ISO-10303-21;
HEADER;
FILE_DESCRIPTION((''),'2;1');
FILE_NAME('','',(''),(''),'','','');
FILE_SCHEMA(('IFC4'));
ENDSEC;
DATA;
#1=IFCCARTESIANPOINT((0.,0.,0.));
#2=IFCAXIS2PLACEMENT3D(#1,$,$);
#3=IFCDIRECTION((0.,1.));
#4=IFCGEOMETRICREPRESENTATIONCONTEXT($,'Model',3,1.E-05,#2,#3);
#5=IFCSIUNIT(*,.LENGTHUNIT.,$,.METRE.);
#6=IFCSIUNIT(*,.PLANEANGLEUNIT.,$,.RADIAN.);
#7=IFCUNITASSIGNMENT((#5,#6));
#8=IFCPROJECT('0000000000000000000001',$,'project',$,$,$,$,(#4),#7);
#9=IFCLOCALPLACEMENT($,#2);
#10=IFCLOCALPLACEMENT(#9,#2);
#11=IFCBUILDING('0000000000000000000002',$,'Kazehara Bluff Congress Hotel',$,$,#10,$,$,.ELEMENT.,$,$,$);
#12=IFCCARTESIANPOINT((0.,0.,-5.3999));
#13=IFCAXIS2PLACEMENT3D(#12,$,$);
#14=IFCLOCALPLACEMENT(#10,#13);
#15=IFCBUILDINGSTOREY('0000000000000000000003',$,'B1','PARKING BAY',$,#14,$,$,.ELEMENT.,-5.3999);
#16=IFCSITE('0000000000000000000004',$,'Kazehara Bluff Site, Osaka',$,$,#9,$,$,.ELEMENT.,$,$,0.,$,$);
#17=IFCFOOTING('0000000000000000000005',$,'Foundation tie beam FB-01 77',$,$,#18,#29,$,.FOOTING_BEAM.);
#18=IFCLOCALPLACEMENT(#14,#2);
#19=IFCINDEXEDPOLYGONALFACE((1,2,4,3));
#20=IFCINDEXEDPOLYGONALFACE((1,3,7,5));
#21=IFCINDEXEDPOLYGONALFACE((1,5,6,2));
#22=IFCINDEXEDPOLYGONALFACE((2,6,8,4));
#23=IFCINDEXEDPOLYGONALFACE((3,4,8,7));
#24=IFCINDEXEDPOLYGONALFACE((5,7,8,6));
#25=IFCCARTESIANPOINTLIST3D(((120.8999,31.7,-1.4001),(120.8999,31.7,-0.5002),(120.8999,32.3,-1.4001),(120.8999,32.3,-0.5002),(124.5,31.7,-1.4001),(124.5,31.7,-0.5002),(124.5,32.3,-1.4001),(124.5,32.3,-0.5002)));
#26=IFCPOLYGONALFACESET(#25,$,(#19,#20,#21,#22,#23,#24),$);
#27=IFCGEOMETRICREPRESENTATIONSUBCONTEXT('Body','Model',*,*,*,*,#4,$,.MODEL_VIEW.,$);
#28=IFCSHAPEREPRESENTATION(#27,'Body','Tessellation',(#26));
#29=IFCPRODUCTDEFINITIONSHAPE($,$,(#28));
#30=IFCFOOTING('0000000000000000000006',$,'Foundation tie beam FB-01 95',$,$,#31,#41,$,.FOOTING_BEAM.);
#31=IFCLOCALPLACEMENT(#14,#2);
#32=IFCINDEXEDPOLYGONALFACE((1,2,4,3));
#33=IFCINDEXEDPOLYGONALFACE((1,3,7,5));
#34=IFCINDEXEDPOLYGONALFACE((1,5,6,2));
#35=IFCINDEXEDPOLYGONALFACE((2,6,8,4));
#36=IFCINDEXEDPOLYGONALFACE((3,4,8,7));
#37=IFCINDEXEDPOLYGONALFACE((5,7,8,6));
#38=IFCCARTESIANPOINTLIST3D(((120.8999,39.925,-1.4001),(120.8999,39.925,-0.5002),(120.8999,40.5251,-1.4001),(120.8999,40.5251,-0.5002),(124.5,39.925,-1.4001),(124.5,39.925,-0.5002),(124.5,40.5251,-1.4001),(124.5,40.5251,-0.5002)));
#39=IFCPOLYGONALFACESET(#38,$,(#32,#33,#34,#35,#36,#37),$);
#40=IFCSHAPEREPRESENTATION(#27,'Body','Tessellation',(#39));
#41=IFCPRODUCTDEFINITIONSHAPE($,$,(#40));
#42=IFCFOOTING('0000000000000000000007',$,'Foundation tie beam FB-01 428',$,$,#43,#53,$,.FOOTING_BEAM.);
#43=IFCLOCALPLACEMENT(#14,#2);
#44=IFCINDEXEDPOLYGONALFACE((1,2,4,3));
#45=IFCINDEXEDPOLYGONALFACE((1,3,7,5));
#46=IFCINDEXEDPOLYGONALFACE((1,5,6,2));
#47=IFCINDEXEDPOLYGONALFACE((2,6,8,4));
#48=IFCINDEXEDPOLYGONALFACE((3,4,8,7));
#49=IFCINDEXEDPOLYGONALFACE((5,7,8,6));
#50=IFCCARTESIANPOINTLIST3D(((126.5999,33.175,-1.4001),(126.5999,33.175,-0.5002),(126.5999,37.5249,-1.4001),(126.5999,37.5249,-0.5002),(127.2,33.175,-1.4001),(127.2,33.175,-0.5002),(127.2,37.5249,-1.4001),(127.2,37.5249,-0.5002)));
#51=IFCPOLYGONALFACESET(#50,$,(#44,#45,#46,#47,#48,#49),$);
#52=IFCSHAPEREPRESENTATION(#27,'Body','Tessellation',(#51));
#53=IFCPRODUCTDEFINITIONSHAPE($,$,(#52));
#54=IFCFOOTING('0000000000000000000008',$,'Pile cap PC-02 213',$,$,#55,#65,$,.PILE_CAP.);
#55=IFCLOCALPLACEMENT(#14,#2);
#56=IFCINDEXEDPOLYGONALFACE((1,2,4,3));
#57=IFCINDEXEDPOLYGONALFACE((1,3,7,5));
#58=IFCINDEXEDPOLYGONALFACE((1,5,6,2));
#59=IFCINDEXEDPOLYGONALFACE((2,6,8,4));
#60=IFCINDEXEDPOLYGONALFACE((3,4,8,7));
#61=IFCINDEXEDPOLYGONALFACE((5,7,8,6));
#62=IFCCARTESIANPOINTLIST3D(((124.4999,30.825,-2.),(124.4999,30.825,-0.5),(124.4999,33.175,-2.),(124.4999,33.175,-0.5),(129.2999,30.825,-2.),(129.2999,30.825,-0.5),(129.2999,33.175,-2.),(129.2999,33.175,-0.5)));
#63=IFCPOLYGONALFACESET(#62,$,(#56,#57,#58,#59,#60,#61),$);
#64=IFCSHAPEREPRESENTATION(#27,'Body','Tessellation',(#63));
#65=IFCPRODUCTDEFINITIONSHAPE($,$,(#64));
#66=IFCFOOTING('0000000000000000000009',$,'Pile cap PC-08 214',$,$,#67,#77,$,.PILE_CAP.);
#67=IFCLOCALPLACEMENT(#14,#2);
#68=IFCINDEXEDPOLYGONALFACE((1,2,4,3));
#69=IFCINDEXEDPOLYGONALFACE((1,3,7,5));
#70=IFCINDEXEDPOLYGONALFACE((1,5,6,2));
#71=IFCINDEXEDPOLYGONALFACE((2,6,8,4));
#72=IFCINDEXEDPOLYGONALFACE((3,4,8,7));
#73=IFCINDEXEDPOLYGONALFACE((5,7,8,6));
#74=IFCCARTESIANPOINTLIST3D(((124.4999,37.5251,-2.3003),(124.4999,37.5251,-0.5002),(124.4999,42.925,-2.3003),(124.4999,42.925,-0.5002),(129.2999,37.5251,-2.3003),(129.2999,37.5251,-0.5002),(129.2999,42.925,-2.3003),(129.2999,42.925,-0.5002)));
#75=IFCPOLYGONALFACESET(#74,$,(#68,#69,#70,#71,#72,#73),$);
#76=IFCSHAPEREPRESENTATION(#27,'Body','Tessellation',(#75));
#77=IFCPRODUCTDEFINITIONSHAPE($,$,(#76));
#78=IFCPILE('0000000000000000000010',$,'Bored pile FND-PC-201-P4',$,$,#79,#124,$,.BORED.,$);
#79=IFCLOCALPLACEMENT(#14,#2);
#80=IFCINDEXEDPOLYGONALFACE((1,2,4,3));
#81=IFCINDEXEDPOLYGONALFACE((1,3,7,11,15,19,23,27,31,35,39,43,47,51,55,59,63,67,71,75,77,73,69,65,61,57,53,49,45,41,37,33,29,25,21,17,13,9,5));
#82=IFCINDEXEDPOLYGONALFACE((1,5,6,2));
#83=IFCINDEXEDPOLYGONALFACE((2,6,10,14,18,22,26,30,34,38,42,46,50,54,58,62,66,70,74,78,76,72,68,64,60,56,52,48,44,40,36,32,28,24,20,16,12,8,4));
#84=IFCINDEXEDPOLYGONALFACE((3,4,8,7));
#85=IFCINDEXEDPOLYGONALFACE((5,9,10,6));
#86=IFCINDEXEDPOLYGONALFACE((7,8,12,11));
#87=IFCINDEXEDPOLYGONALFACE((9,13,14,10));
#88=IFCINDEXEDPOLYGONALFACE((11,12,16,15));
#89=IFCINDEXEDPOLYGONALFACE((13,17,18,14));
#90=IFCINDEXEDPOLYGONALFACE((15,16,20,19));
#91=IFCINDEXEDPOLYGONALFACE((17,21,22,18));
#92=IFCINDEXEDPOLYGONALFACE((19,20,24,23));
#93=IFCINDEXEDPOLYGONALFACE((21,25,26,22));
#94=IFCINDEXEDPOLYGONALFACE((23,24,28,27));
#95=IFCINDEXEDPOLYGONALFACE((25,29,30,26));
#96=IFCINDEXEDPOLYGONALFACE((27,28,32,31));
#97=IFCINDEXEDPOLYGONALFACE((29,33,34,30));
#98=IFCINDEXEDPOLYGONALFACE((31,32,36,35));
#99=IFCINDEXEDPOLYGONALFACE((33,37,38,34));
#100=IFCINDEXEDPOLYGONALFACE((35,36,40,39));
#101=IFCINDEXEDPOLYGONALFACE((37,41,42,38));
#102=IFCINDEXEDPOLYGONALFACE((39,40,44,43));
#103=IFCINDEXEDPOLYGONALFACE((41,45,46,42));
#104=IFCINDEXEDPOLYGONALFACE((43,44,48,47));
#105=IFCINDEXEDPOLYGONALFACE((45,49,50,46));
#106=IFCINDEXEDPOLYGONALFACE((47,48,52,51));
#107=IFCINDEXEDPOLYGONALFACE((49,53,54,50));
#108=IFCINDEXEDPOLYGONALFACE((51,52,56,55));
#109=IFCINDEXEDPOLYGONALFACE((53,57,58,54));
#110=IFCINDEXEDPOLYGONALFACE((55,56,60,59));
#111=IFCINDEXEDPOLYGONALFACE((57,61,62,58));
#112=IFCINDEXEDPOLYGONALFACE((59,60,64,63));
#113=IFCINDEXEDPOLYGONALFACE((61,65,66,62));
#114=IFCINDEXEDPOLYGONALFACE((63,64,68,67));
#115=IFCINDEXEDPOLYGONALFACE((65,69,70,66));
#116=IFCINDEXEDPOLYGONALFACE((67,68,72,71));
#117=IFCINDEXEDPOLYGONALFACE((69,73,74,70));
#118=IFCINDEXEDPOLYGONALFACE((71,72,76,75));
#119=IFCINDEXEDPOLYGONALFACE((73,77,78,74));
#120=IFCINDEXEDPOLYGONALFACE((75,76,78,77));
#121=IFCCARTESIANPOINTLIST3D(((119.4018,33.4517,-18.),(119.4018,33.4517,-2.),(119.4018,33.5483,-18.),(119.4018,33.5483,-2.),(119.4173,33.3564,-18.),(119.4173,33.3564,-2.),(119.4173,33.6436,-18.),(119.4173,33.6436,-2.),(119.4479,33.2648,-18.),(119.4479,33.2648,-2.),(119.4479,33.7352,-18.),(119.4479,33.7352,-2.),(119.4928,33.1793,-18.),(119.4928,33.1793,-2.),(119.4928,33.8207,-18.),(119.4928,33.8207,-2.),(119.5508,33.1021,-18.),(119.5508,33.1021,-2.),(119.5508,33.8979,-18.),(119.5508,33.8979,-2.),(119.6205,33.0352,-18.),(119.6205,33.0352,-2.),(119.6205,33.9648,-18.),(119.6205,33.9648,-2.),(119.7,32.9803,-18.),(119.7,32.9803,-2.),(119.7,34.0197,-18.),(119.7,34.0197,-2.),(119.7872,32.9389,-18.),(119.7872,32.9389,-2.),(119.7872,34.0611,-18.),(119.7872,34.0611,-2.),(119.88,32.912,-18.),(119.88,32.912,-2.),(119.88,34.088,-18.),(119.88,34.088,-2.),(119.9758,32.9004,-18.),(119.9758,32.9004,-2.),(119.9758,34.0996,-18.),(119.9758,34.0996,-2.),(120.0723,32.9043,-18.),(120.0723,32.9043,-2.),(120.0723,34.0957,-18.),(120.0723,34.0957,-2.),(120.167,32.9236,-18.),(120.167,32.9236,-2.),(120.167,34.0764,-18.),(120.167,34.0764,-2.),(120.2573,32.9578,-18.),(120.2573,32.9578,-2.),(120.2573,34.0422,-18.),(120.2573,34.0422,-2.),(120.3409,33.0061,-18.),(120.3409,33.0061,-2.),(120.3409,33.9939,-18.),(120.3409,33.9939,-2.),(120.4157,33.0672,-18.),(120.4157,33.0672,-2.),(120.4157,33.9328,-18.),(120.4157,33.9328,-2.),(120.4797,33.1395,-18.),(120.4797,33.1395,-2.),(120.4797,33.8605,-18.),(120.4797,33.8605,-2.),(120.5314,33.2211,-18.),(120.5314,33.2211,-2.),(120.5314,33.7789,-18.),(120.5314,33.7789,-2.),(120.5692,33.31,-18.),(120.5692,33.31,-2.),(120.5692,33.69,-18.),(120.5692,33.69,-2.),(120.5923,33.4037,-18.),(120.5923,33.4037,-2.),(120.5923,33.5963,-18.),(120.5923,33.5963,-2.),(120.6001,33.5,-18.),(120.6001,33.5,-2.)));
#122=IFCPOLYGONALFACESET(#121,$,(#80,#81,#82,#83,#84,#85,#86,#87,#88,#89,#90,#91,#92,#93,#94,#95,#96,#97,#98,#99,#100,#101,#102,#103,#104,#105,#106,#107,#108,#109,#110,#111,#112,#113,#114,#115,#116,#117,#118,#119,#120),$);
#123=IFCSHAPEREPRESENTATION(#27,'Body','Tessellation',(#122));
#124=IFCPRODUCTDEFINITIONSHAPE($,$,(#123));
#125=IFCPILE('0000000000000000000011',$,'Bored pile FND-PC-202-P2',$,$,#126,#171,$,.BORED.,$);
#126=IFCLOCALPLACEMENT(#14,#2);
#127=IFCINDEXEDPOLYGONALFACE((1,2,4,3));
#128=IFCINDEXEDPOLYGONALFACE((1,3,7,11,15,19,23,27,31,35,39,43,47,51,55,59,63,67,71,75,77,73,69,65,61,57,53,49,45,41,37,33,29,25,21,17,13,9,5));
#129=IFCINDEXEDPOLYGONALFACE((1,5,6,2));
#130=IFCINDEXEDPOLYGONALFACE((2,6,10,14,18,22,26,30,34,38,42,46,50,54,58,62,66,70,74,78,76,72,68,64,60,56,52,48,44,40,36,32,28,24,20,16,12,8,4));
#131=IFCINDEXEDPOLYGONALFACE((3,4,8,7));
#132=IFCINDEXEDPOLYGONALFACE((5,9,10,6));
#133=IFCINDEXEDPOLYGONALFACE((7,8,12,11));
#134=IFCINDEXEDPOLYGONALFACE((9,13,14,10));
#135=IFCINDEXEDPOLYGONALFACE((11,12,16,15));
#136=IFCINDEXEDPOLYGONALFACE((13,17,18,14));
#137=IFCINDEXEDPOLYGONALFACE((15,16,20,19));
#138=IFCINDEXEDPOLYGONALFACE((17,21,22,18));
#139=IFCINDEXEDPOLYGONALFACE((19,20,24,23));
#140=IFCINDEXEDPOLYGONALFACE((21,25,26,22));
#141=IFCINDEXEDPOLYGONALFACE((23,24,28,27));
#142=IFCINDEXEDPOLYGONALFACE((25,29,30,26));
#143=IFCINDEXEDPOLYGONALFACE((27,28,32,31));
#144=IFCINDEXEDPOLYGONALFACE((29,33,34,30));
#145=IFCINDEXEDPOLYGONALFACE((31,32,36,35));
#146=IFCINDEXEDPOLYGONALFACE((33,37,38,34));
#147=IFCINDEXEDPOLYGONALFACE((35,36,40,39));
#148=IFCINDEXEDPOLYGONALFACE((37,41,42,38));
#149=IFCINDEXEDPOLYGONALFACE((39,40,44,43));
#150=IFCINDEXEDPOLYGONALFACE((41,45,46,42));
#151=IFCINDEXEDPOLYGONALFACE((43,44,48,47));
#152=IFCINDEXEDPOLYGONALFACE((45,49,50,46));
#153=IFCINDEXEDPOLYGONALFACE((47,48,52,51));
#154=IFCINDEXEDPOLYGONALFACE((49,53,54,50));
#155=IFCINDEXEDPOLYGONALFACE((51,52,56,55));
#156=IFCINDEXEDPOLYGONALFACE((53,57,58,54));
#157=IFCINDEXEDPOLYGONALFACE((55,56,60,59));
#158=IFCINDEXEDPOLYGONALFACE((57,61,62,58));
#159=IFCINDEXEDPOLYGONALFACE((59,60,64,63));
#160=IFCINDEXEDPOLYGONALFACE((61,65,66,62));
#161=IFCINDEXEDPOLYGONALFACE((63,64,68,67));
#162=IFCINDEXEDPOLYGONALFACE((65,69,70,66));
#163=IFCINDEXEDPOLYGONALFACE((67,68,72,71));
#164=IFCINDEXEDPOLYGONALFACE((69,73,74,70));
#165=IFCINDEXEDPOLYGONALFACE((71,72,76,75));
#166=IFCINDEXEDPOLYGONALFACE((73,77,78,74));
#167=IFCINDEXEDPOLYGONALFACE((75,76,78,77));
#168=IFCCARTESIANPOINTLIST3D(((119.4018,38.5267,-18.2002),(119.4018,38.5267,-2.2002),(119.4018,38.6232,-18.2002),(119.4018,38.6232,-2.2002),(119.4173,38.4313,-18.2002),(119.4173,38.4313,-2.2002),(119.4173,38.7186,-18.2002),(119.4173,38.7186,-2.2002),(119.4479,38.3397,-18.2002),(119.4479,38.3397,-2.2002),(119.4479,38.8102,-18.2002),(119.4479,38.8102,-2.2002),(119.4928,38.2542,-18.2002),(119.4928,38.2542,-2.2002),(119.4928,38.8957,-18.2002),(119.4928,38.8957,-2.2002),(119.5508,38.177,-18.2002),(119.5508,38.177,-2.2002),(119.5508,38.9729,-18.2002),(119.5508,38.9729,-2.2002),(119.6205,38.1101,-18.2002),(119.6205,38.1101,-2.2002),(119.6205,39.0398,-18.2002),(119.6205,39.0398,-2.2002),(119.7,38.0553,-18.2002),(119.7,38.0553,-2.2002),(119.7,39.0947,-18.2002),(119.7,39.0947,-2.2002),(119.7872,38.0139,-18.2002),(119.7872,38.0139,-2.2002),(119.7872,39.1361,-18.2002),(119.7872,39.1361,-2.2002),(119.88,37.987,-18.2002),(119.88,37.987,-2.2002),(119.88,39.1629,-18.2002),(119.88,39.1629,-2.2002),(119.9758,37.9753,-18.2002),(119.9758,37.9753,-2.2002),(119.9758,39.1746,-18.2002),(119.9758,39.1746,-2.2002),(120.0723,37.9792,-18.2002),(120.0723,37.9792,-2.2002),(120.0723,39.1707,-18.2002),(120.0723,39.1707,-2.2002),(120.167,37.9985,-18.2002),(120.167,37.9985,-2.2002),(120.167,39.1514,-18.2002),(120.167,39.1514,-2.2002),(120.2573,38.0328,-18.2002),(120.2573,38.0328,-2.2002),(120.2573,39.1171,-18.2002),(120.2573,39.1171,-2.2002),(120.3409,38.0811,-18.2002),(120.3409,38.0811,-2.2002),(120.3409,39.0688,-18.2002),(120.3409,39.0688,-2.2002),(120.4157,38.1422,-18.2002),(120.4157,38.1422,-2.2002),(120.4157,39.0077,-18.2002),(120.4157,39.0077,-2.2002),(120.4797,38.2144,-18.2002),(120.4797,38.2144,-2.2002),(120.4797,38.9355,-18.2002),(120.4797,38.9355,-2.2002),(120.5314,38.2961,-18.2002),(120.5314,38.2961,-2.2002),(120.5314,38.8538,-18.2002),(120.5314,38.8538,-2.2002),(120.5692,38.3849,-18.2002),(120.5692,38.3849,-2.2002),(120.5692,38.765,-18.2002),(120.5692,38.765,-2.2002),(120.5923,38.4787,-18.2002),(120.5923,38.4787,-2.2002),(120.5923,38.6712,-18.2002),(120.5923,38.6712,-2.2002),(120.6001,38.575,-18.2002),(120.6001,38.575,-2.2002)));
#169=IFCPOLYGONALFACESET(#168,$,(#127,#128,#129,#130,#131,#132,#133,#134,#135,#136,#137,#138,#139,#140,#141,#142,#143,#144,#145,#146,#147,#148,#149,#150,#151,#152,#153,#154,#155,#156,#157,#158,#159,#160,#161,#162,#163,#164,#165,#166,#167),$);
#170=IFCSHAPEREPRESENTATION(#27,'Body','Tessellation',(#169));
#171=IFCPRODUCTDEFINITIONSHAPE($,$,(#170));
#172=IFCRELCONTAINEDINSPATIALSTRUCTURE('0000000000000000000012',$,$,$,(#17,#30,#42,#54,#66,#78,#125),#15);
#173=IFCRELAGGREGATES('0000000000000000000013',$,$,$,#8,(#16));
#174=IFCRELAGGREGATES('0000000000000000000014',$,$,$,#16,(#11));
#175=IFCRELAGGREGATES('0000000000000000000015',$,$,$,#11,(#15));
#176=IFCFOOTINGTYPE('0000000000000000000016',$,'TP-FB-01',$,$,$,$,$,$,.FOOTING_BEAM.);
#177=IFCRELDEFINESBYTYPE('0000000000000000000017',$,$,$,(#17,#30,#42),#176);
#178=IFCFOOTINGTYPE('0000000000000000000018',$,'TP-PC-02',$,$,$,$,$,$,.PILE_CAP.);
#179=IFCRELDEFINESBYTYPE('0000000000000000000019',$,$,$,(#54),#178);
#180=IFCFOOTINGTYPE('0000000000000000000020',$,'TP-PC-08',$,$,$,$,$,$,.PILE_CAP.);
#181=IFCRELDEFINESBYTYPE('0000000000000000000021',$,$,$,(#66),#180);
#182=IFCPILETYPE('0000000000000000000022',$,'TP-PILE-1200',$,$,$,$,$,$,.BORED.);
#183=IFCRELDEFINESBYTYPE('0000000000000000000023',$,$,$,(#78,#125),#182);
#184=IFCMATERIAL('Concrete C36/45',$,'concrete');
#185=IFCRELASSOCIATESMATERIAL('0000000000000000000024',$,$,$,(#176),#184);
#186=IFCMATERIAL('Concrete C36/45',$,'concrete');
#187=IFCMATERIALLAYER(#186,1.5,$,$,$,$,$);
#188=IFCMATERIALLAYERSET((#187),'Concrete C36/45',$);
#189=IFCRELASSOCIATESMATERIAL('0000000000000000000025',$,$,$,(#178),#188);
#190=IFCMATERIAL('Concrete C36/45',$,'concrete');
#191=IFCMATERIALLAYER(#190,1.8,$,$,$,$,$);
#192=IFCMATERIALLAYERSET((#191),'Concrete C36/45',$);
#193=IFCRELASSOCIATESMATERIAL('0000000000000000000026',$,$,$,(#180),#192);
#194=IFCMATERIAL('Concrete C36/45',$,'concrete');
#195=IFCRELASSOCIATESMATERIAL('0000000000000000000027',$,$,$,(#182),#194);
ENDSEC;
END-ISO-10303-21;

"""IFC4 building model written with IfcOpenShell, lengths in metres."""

from ifc_helpers import new_model, si_unit, direction, frame, origin, origin_2d, place, context, subcontext, project, spatial, rectangle, circle, extrude, material, layer, layer_set, material_profile, profile_set, type_object, element, save


model = new_model("IFC4")

# Units and contexts
model_context = context("Model", 3, precision=1e-05, world=origin(), true_north=direction((0.0, 1.0)))
body_context = subcontext(model_context, "Body", "Model", "MODEL_VIEW")
ifc_project = project(units=[si_unit("LENGTHUNIT", "METRE"), si_unit("PLANEANGLEUNIT", "RADIAN")], contexts=[model_context])

# Site, building, storey
site_placement = place(None, origin())
site = spatial("IfcSite", under=ifc_project, at=site_placement, Name="Kazehara Bluff Site, Osaka", CompositionType="ELEMENT", RefElevation=0.0)
building_placement = place(site_placement, origin())
building = spatial("IfcBuilding", under=site, at=building_placement, Name="Kazehara Bluff Congress Hotel", CompositionType="ELEMENT")
storey_placement = place(building_placement, frame((0.0, 0.0, -5.3999)))
storey = spatial("IfcBuildingStorey", under=building, at=storey_placement, Name="B1", Description="PARKING BAY", CompositionType="ELEMENT", Elevation=-5.3999)

# Footings
ifc_material_1 = material(Name="Concrete C36/45", Category="concrete")
ifc_material_profile_1 = material_profile(ifc_material_1, rectangle(XDim=0.6001, YDim=0.8999, at=origin_2d()))
ifc_profile_set_1 = profile_set([ifc_material_profile_1], Name="Concrete C36/45")
footing_type_1 = type_object("IfcFootingType", Name="TP-FB-01", PredefinedType="FOOTING_BEAM", material=ifc_profile_set_1)
for number, where, z_axis, x_axis, name in (
    (1, (120.8999, 32.0, -0.9502), (1.0, 0.0, 0.0), (0.0, 1.0, 0.0), "Foundation tie beam FB-01 77"),
    (2, (120.8999, 40.2251, -0.9502), (1.0, 0.0, 0.0), (0.0, 1.0, 0.0), "Foundation tie beam FB-01 95"),
):
    element("IfcFooting", number, at=place(storey_placement, frame(where, z_axis=z_axis, x_axis=x_axis)), inside=storey, type_object=footing_type_1, Name=name, PredefinedType="FOOTING_BEAM", context=body_context, shape_type="SweptSolid", body=[
        extrude(rectangle(XDim=0.6001, YDim=0.8999, at=origin_2d()), origin(), (0.0, 0.0, 1.0), 3.6001),
    ])
footing_1_placement = place(storey_placement, frame((126.8999, 33.175, -0.9502), z_axis=(0.0, 1.0, 0.0), x_axis=(-1.0, 0.0, 0.0)))
element("IfcFooting", 3, at=footing_1_placement, inside=storey, type_object=footing_type_1, Name="Foundation tie beam FB-01 428", PredefinedType="FOOTING_BEAM", context=body_context, shape_type="SweptSolid", body=[
    extrude(rectangle(XDim=0.6001, YDim=0.8999, at=origin_2d()), origin(), (0.0, 0.0, 1.0), 4.3499),
])
ifc_material_2 = material(Name="Concrete C36/45", Category="concrete")
ifc_layer_1 = layer(ifc_material_2, 1.5)
ifc_layer_set_1 = layer_set([ifc_layer_1], Name="Concrete C36/45")
footing_type_2 = type_object("IfcFootingType", Name="TP-PC-02", PredefinedType="PILE_CAP", material=ifc_layer_set_1)
footing_2_placement = place(storey_placement, frame((126.8999, 32.0, -2.0), z_axis=(0.0, 0.0, 1.0), x_axis=(1.0, 0.0, 0.0)))
element("IfcFooting", 4, at=footing_2_placement, inside=storey, type_object=footing_type_2, Name="Pile cap PC-02 213", PredefinedType="PILE_CAP", context=body_context, shape_type="SweptSolid", body=[
    extrude(rectangle(XDim=4.8, YDim=2.3501, at=origin_2d()), origin(), (0.0, 0.0, 1.0), 1.5),
])
ifc_material_3 = material(Name="Concrete C36/45", Category="concrete")
ifc_layer_2 = layer(ifc_material_3, 1.8)
ifc_layer_set_2 = layer_set([ifc_layer_2], Name="Concrete C36/45")
footing_type_3 = type_object("IfcFootingType", Name="TP-PC-08", PredefinedType="PILE_CAP", material=ifc_layer_set_2)
footing_3_placement = place(storey_placement, frame((126.8999, 40.2251, -2.3003), z_axis=(0.0, 0.0, 1.0), x_axis=(1.0, 0.0, 0.0)))
element("IfcFooting", 5, at=footing_3_placement, inside=storey, type_object=footing_type_3, Name="Pile cap PC-08 214", PredefinedType="PILE_CAP", context=body_context, shape_type="SweptSolid", body=[
    extrude(rectangle(XDim=4.8, YDim=5.3999, at=origin_2d()), origin(), (0.0, 0.0, 1.0), 1.8),
])

# Piles
ifc_material_4 = material(Name="Concrete C36/45", Category="concrete")
ifc_material_profile_2 = material_profile(ifc_material_4, circle(Radius=0.6001, at=origin_2d()))
ifc_profile_set_2 = profile_set([ifc_material_profile_2], Name="Concrete C36/45")
pile_type = type_object("IfcPileType", Name="TP-PILE-1200", PredefinedType="BORED", material=ifc_profile_set_2)
for number, where, z_axis, x_axis, name in (
    (6, (120.0, 33.5, -2.0), (0.0, 0.0, -1.0), (1.0, 0.0, 0.0), "Bored pile FND-PC-201-P4"),
    (7, (120.0, 38.575, -2.2002), (0.0, 0.0, -1.0), (1.0, 0.0, 0.0), "Bored pile FND-PC-202-P2"),
):
    element("IfcPile", number, at=place(storey_placement, frame(where, z_axis=z_axis, x_axis=x_axis)), inside=storey, type_object=pile_type, Name=name, PredefinedType="BORED", context=body_context, shape_type="SweptSolid", body=[
        extrude(circle(Radius=0.6001, at=origin_2d()), origin(), (0.0, 0.0, 1.0), 16.0),
    ])

save(model, "model.ifc")
